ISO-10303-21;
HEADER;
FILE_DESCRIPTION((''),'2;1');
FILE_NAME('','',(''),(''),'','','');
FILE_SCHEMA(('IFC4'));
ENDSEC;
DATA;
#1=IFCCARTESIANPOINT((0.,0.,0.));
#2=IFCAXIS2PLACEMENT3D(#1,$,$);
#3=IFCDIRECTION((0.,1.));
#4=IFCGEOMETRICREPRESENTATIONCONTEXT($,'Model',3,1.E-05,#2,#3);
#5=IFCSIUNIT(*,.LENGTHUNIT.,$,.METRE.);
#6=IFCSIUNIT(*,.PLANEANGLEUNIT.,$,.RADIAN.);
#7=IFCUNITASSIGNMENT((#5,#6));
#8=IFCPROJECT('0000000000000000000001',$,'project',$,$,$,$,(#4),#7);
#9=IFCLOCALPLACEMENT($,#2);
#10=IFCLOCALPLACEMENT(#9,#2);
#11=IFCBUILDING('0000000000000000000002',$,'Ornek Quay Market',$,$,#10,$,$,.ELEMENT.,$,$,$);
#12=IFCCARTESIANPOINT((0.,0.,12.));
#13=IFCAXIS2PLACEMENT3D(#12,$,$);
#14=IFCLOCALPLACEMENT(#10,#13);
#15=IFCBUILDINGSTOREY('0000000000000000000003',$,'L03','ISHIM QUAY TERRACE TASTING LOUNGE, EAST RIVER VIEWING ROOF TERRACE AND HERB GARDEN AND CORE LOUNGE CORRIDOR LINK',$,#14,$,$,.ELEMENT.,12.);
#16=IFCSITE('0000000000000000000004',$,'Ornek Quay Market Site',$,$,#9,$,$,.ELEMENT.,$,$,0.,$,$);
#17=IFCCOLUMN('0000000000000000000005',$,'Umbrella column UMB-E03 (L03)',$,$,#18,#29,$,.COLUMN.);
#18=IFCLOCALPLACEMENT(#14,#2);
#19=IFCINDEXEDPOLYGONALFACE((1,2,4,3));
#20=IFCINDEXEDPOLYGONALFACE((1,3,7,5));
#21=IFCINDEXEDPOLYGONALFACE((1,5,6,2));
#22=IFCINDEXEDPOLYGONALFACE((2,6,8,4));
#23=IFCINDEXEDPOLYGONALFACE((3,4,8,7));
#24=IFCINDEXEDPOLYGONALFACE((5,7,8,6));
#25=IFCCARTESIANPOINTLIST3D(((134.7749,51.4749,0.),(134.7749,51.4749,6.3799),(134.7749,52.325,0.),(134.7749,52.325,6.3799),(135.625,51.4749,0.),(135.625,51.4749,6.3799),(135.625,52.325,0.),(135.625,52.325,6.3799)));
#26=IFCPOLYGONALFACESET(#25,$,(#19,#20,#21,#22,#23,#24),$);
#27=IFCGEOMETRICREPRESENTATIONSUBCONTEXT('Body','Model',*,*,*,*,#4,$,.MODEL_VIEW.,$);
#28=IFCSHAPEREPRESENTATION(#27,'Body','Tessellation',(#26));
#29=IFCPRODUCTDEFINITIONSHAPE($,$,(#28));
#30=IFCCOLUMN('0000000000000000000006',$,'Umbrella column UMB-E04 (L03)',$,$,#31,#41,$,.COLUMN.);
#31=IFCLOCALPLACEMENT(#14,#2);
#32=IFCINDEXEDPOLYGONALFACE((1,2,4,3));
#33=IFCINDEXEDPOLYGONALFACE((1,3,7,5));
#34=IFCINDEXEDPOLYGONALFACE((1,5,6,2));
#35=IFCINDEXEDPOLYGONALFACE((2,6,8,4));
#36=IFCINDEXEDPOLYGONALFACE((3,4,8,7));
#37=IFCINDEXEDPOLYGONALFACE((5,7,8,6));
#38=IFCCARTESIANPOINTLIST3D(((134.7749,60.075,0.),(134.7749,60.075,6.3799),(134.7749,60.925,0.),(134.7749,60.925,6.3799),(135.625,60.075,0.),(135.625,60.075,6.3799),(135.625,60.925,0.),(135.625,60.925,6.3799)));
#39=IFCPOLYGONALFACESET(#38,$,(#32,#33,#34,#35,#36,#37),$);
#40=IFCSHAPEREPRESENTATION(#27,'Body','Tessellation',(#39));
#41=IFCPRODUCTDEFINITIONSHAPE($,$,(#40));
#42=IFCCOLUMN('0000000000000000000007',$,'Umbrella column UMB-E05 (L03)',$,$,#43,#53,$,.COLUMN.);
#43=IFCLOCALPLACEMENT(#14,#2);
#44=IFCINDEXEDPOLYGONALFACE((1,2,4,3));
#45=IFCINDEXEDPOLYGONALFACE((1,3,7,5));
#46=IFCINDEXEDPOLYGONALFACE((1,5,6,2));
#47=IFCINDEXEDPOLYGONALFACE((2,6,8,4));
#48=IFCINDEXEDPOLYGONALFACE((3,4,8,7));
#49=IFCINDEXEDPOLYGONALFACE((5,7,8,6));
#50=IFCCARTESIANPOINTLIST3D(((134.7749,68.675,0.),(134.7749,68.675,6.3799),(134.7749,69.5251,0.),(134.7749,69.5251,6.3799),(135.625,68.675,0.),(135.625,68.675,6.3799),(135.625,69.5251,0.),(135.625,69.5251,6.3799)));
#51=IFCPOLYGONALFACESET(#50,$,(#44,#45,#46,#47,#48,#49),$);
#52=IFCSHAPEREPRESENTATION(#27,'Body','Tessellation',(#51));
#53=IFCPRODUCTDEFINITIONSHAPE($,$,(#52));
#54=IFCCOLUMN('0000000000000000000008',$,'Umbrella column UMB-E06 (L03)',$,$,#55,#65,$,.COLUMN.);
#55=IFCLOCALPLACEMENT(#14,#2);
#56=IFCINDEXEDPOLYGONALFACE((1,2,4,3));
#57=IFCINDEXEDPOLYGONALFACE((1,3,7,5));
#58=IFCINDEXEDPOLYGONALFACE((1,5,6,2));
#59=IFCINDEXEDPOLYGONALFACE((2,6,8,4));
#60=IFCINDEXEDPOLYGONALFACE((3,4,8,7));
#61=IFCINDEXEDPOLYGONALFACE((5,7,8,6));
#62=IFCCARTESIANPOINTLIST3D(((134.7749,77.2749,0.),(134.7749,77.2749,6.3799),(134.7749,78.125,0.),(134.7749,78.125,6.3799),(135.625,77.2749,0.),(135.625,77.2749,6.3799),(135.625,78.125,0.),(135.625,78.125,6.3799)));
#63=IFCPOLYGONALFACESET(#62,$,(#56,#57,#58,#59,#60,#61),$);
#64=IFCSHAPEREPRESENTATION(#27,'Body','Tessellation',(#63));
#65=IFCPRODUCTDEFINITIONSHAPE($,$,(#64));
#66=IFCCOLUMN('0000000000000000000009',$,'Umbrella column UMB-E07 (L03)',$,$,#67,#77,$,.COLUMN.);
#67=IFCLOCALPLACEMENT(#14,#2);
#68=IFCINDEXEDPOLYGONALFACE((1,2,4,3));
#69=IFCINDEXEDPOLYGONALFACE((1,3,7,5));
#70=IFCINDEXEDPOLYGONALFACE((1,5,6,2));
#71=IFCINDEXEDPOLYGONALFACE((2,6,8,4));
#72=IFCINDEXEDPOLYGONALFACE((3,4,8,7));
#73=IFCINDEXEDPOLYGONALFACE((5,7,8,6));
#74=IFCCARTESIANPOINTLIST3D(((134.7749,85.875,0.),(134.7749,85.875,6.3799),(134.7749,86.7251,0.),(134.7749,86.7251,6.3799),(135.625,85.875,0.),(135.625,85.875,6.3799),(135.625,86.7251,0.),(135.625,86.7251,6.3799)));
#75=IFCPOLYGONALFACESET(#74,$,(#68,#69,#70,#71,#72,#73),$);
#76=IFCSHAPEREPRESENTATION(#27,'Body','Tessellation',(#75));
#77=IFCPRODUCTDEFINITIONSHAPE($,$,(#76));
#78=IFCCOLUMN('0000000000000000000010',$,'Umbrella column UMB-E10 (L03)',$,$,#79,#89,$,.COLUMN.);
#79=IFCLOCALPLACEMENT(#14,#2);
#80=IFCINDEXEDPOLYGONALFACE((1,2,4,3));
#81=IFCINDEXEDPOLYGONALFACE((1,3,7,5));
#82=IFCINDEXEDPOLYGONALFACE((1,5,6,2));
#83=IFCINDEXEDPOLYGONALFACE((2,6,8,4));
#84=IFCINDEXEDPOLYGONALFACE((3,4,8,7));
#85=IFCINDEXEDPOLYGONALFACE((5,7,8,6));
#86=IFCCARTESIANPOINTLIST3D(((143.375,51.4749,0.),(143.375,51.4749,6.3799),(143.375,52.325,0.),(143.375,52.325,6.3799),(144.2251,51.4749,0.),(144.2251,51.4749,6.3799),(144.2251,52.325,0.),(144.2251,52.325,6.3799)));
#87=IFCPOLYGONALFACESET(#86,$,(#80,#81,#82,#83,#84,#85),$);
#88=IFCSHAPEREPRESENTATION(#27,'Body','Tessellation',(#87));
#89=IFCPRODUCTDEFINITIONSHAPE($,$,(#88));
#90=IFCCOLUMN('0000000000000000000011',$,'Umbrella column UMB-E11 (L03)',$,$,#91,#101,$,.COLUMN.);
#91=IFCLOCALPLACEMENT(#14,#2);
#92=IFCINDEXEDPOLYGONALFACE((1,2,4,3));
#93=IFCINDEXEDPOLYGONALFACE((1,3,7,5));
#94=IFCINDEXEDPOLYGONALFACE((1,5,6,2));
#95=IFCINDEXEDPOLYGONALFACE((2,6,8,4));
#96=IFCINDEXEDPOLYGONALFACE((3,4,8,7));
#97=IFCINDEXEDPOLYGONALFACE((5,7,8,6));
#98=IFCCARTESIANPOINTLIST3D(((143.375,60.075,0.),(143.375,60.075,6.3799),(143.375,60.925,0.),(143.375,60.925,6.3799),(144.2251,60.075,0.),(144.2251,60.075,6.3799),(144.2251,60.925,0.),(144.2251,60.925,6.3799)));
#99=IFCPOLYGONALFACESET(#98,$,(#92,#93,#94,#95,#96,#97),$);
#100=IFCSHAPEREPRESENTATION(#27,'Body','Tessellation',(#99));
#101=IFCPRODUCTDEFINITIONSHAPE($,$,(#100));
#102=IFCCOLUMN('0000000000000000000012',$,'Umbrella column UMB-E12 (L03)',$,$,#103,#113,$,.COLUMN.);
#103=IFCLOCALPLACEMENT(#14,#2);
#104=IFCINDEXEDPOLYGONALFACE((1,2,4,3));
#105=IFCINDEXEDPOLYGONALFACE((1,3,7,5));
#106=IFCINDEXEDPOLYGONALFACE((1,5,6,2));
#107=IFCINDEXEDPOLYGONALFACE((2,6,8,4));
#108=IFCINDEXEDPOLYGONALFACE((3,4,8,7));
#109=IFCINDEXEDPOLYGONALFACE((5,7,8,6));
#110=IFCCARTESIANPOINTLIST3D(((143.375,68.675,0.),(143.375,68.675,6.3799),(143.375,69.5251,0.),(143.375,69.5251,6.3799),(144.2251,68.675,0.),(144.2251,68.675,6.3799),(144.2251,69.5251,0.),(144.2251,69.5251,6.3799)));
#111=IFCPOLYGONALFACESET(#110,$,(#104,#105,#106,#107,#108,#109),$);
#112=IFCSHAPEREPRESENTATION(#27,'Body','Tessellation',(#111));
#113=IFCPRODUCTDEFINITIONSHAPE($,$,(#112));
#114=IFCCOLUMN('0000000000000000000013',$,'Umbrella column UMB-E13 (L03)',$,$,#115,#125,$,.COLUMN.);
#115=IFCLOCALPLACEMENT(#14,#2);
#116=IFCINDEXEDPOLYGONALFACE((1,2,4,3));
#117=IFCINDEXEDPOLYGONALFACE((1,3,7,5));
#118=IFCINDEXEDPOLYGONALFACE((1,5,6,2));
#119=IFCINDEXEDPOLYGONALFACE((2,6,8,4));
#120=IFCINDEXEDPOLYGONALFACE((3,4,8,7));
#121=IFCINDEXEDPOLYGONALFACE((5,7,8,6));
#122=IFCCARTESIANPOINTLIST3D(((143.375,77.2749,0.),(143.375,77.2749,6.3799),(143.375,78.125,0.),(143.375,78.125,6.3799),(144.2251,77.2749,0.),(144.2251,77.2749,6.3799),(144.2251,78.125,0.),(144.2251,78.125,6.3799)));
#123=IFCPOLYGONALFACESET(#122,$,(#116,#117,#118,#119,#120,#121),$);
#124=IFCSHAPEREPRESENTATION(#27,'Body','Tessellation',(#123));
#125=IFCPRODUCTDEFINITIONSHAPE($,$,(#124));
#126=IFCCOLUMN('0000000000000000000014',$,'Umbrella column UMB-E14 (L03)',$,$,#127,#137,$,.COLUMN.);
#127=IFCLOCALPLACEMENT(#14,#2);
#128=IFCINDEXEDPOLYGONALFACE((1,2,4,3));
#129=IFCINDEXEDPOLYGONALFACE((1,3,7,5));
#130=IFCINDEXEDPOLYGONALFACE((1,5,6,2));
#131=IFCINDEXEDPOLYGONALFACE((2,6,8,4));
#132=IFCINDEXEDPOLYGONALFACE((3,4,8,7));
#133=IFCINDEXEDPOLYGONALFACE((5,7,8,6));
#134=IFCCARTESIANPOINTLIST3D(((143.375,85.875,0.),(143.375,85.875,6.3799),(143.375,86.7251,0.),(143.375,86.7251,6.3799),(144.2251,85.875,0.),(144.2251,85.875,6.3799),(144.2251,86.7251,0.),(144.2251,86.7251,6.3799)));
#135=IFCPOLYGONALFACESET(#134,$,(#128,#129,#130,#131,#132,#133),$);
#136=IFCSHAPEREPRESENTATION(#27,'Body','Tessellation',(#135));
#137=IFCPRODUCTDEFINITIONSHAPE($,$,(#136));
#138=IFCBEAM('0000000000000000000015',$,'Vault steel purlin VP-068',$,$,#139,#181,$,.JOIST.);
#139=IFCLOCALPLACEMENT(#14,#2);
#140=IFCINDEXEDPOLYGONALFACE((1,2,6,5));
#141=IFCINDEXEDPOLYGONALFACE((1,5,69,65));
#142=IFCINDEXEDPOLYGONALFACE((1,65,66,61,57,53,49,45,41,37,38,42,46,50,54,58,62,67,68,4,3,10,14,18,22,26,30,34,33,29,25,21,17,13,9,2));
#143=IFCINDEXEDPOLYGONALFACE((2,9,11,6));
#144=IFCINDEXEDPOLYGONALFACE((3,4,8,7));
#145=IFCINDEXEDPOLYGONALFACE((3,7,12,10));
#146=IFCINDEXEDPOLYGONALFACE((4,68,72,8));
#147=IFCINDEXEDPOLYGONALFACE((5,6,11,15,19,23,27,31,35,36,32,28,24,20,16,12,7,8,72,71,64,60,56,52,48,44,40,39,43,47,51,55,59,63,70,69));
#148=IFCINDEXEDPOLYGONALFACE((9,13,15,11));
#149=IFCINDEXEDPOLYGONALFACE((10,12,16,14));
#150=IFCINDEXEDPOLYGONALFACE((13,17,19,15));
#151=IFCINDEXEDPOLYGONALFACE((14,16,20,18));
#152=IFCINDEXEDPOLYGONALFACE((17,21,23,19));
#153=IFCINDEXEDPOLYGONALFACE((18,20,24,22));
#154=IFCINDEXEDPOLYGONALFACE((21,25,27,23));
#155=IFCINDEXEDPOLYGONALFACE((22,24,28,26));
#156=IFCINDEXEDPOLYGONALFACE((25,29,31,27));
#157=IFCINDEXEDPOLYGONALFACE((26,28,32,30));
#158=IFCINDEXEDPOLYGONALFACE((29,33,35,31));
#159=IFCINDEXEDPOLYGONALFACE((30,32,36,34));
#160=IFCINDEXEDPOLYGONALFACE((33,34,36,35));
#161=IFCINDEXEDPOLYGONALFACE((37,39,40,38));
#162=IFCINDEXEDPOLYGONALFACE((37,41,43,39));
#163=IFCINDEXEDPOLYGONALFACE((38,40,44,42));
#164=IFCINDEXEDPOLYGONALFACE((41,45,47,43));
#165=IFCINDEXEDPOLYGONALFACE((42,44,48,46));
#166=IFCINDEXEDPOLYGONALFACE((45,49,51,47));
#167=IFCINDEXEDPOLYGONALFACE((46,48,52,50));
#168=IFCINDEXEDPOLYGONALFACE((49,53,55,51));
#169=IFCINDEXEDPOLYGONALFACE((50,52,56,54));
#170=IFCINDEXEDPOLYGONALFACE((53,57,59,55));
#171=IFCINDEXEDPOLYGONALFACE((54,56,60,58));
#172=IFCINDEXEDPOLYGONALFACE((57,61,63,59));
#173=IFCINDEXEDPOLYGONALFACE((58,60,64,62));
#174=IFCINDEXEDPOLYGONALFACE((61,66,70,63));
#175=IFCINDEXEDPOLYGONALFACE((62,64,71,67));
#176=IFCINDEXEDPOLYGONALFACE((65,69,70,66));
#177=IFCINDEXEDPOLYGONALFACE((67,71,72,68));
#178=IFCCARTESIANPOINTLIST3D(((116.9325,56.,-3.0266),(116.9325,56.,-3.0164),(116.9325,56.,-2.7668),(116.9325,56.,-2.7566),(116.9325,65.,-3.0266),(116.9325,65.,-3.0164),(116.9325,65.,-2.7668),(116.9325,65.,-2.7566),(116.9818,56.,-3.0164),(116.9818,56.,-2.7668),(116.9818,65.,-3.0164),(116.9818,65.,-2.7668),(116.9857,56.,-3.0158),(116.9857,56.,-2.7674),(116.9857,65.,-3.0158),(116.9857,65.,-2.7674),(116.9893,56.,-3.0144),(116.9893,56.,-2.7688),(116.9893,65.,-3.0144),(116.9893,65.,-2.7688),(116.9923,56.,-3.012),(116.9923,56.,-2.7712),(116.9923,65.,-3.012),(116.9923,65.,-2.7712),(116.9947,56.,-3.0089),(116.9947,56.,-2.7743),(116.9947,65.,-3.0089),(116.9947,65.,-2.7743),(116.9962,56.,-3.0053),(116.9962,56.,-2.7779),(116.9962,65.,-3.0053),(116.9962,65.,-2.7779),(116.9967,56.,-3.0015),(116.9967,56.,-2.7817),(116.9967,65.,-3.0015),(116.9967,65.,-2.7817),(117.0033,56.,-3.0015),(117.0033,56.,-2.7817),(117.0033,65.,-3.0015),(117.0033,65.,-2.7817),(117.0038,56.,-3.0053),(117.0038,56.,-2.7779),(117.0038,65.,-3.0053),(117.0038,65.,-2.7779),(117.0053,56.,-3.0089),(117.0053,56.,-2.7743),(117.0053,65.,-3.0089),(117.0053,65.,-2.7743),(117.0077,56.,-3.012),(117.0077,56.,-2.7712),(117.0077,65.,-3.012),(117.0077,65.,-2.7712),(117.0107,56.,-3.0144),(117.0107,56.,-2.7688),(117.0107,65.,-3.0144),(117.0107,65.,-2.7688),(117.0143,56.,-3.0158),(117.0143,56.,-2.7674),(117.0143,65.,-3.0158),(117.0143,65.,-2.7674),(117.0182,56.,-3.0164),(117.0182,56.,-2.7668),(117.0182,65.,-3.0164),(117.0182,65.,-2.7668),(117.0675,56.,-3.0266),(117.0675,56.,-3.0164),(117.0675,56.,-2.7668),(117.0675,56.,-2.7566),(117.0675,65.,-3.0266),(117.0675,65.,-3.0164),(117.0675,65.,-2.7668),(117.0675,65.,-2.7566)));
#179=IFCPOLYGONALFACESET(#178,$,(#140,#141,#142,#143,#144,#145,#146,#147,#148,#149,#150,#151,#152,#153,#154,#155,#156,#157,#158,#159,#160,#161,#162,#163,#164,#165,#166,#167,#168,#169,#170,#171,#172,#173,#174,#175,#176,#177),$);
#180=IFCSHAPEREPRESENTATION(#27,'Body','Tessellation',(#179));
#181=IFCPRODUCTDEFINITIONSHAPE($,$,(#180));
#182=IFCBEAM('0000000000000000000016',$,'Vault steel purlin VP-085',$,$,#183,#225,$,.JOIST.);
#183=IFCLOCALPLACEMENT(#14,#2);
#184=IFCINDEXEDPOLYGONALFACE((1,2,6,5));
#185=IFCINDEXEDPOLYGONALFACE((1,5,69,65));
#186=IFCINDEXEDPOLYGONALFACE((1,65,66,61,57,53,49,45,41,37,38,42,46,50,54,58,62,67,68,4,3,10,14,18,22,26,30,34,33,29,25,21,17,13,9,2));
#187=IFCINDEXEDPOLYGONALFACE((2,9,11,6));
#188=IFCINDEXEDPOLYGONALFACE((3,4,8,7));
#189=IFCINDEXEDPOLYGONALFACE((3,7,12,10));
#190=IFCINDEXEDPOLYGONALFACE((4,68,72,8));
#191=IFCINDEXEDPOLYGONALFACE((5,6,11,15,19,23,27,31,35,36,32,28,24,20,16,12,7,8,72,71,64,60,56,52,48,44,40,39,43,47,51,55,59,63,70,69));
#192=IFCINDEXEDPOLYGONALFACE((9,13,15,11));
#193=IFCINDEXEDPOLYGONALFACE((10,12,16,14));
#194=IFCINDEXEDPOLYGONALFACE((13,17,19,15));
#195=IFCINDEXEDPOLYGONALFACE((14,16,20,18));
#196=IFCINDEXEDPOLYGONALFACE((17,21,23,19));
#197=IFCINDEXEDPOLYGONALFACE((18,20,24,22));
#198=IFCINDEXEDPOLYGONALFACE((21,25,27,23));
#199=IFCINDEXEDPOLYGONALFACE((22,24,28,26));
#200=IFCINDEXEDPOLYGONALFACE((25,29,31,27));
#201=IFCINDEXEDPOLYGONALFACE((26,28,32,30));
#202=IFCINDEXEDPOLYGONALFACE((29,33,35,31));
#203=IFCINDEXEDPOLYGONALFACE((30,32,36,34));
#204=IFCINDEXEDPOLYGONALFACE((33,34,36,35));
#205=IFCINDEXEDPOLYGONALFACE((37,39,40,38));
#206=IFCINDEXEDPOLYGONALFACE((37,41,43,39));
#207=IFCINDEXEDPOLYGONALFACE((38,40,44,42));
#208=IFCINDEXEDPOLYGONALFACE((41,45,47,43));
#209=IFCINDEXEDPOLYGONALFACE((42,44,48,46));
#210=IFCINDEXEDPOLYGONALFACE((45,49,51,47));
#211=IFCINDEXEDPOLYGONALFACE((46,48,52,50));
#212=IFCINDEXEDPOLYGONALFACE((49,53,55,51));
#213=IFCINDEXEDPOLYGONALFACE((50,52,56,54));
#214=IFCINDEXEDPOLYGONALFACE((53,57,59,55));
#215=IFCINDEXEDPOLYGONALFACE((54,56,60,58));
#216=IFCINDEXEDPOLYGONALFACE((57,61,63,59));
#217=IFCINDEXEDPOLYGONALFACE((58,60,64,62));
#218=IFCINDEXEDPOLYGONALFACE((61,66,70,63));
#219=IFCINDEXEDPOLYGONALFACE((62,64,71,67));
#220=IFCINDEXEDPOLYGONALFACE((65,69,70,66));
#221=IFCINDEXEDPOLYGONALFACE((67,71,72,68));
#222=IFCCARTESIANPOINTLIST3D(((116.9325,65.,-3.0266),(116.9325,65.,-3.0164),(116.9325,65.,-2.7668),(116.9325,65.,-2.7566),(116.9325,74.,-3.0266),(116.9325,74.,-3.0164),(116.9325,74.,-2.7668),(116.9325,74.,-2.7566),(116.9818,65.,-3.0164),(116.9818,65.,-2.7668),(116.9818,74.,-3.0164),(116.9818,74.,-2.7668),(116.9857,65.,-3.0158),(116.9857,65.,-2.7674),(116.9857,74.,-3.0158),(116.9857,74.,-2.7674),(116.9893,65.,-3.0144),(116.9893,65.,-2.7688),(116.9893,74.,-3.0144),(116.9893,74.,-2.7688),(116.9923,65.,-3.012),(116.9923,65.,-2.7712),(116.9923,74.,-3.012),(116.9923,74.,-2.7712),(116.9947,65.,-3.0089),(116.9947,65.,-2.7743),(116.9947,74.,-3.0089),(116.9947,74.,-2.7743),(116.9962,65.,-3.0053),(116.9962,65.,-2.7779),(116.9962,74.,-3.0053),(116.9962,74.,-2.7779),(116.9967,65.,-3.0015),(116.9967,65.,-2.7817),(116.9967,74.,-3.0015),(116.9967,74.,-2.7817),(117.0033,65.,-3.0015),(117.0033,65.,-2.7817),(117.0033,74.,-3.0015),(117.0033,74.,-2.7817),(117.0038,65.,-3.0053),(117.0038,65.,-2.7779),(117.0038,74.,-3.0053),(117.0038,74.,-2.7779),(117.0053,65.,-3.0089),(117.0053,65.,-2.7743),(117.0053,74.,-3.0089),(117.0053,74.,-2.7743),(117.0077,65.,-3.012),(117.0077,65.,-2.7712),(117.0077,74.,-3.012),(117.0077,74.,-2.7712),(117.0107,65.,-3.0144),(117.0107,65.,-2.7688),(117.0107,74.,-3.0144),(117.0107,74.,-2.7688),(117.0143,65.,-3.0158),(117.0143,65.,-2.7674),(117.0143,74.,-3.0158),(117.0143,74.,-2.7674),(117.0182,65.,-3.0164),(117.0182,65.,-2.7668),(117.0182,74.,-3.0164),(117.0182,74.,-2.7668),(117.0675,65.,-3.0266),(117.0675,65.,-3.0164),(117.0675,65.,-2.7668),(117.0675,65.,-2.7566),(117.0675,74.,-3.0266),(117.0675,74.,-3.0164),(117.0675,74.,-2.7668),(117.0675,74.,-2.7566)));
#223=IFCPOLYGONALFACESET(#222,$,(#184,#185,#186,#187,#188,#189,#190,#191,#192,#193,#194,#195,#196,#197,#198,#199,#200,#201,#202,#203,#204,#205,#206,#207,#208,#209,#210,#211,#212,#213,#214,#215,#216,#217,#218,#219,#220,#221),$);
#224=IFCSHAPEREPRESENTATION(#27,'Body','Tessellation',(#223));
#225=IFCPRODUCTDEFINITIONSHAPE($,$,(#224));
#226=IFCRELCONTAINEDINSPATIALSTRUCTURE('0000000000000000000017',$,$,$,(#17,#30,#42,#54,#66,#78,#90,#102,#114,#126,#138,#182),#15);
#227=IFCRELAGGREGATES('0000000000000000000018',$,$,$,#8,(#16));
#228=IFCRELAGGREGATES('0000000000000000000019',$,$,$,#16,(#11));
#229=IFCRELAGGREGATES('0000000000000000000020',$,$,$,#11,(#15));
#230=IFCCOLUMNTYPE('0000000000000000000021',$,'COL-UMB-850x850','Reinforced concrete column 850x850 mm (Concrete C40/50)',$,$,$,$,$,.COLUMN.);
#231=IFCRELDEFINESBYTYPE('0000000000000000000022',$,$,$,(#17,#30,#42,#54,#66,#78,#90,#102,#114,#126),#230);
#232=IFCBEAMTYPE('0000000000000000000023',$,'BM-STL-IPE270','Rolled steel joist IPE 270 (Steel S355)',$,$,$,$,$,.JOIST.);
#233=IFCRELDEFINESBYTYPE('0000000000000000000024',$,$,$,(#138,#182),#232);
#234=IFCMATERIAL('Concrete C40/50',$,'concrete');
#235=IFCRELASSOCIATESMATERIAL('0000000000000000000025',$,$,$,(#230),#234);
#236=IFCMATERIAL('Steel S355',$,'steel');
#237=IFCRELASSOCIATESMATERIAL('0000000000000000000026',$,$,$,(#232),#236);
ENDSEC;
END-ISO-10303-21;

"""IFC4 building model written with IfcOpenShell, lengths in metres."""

from ifc_helpers import new_model, si_unit, direction, frame, origin, origin_2d, place, context, subcontext, project, spatial, rectangle, i_section, extrude, material, material_profile, profile_set, type_object, element, save


model = new_model("IFC4")

# Units and contexts
model_context = context("Model", 3, precision=1e-05, world=origin(), true_north=direction((0.0, 1.0)))
body_context = subcontext(model_context, "Body", "Model", "MODEL_VIEW")
ifc_project = project(units=[si_unit("LENGTHUNIT", "METRE"), si_unit("PLANEANGLEUNIT", "RADIAN")], contexts=[model_context])

# Site, building, storey
site_placement = place(None, origin())
site = spatial("IfcSite", under=ifc_project, at=site_placement, Name="Ornek Quay Market Site", CompositionType="ELEMENT", RefElevation=0.0)
building_placement = place(site_placement, origin())
building = spatial("IfcBuilding", under=site, at=building_placement, Name="Ornek Quay Market", CompositionType="ELEMENT")
storey_placement = place(building_placement, frame((0.0, 0.0, 12.0)))
storey = spatial("IfcBuildingStorey", under=building, at=storey_placement, Name="L03", Description="ISHIM QUAY TERRACE TASTING LOUNGE, EAST RIVER VIEWING ROOF TERRACE AND HERB GARDEN AND CORE LOUNGE CORRIDOR LINK", CompositionType="ELEMENT", Elevation=12.0)

# Columns
ifc_material_1 = material(Name="Concrete C40/50", Category="concrete")
ifc_material_profile_1 = material_profile(ifc_material_1, rectangle(XDim=0.8501, YDim=0.8501, at=origin_2d()), Name="RC 850x850", Category="concrete")
ifc_profile_set_1 = profile_set([ifc_material_profile_1], Name="Concrete C40/50")
column_type = type_object("IfcColumnType", Name="COL-UMB-850x850", Description="Reinforced concrete column 850x850 mm (Concrete C40/50)", PredefinedType="COLUMN", material=ifc_profile_set_1)
for number, where, z_axis, x_axis, name in (
    (1, (135.2, 51.8999, 0.0), (0.0, 0.0, 1.0), (1.0, 0.0, 0.0), "Umbrella column UMB-E03 (L03)"),
    (2, (135.2, 60.5, 0.0), (0.0, 0.0, 1.0), (1.0, 0.0, 0.0), "Umbrella column UMB-E04 (L03)"),
    (3, (135.2, 69.1001, 0.0), (0.0, 0.0, 1.0), (1.0, 0.0, 0.0), "Umbrella column UMB-E05 (L03)"),
    (4, (135.2, 77.7, 0.0), (0.0, 0.0, 1.0), (1.0, 0.0, 0.0), "Umbrella column UMB-E06 (L03)"),
    (5, (135.2, 86.3, 0.0), (0.0, 0.0, 1.0), (1.0, 0.0, 0.0), "Umbrella column UMB-E07 (L03)"),
    (6, (143.8, 51.8999, 0.0), (0.0, 0.0, 1.0), (1.0, 0.0, 0.0), "Umbrella column UMB-E10 (L03)"),
    (7, (143.8, 60.5, 0.0), (0.0, 0.0, 1.0), (1.0, 0.0, 0.0), "Umbrella column UMB-E11 (L03)"),
    (8, (143.8, 69.1001, 0.0), (0.0, 0.0, 1.0), (1.0, 0.0, 0.0), "Umbrella column UMB-E12 (L03)"),
    (9, (143.8, 77.7, 0.0), (0.0, 0.0, 1.0), (1.0, 0.0, 0.0), "Umbrella column UMB-E13 (L03)"),
    (10, (143.8, 86.3, 0.0), (0.0, 0.0, 1.0), (1.0, 0.0, 0.0), "Umbrella column UMB-E14 (L03)"),
):
    element("IfcColumn", number, at=place(storey_placement, frame(where, z_axis=z_axis, x_axis=x_axis)), inside=storey, type_object=column_type, Name=name, PredefinedType="COLUMN", context=body_context, shape_type="SweptSolid", body=[
        extrude(rectangle(XDim=0.8501, YDim=0.8501, at=origin_2d()), origin(), (0.0, 0.0, 1.0), 6.3799),
    ])

# Beams
ifc_material_2 = material(Name="Steel S355", Category="steel")
ifc_material_profile_2 = material_profile(ifc_material_2, i_section(OverallWidth=0.135, OverallDepth=0.27, WebThickness=0.0066, FlangeThickness=0.0103, FilletRadius=0.0149, at=origin_2d()), Name="IPE 270", Category="steel")
ifc_profile_set_2 = profile_set([ifc_material_profile_2], Name="Steel S355")
beam_type_1 = type_object("IfcBeamType", Name="BM-STL-IPE270", Description="Rolled steel joist IPE 270 (Steel S355)", PredefinedType="JOIST", material=ifc_profile_set_2)
for number, where, z_axis, x_axis, name in (
    (11, (117.0, 56.0, -2.8916), (0.0, 1.0, 0.0), (-1.0, 0.0, 0.0), "Vault steel purlin VP-068"),
    (12, (117.0, 65.0, -2.8916), (0.0, 1.0, 0.0), (-1.0, 0.0, 0.0), "Vault steel purlin VP-085"),
):
    element("IfcBeam", number, at=place(storey_placement, frame(where, z_axis=z_axis, x_axis=x_axis)), inside=storey, type_object=beam_type_1, Name=name, PredefinedType="JOIST", context=body_context, shape_type="SweptSolid", body=[
        extrude(i_section(OverallWidth=0.135, OverallDepth=0.27, WebThickness=0.0066, FlangeThickness=0.0103, FilletRadius=0.0149, at=origin_2d()), origin(), (0.0, 0.0, 1.0), 9.0),
    ])

save(model, "model.ifc")
